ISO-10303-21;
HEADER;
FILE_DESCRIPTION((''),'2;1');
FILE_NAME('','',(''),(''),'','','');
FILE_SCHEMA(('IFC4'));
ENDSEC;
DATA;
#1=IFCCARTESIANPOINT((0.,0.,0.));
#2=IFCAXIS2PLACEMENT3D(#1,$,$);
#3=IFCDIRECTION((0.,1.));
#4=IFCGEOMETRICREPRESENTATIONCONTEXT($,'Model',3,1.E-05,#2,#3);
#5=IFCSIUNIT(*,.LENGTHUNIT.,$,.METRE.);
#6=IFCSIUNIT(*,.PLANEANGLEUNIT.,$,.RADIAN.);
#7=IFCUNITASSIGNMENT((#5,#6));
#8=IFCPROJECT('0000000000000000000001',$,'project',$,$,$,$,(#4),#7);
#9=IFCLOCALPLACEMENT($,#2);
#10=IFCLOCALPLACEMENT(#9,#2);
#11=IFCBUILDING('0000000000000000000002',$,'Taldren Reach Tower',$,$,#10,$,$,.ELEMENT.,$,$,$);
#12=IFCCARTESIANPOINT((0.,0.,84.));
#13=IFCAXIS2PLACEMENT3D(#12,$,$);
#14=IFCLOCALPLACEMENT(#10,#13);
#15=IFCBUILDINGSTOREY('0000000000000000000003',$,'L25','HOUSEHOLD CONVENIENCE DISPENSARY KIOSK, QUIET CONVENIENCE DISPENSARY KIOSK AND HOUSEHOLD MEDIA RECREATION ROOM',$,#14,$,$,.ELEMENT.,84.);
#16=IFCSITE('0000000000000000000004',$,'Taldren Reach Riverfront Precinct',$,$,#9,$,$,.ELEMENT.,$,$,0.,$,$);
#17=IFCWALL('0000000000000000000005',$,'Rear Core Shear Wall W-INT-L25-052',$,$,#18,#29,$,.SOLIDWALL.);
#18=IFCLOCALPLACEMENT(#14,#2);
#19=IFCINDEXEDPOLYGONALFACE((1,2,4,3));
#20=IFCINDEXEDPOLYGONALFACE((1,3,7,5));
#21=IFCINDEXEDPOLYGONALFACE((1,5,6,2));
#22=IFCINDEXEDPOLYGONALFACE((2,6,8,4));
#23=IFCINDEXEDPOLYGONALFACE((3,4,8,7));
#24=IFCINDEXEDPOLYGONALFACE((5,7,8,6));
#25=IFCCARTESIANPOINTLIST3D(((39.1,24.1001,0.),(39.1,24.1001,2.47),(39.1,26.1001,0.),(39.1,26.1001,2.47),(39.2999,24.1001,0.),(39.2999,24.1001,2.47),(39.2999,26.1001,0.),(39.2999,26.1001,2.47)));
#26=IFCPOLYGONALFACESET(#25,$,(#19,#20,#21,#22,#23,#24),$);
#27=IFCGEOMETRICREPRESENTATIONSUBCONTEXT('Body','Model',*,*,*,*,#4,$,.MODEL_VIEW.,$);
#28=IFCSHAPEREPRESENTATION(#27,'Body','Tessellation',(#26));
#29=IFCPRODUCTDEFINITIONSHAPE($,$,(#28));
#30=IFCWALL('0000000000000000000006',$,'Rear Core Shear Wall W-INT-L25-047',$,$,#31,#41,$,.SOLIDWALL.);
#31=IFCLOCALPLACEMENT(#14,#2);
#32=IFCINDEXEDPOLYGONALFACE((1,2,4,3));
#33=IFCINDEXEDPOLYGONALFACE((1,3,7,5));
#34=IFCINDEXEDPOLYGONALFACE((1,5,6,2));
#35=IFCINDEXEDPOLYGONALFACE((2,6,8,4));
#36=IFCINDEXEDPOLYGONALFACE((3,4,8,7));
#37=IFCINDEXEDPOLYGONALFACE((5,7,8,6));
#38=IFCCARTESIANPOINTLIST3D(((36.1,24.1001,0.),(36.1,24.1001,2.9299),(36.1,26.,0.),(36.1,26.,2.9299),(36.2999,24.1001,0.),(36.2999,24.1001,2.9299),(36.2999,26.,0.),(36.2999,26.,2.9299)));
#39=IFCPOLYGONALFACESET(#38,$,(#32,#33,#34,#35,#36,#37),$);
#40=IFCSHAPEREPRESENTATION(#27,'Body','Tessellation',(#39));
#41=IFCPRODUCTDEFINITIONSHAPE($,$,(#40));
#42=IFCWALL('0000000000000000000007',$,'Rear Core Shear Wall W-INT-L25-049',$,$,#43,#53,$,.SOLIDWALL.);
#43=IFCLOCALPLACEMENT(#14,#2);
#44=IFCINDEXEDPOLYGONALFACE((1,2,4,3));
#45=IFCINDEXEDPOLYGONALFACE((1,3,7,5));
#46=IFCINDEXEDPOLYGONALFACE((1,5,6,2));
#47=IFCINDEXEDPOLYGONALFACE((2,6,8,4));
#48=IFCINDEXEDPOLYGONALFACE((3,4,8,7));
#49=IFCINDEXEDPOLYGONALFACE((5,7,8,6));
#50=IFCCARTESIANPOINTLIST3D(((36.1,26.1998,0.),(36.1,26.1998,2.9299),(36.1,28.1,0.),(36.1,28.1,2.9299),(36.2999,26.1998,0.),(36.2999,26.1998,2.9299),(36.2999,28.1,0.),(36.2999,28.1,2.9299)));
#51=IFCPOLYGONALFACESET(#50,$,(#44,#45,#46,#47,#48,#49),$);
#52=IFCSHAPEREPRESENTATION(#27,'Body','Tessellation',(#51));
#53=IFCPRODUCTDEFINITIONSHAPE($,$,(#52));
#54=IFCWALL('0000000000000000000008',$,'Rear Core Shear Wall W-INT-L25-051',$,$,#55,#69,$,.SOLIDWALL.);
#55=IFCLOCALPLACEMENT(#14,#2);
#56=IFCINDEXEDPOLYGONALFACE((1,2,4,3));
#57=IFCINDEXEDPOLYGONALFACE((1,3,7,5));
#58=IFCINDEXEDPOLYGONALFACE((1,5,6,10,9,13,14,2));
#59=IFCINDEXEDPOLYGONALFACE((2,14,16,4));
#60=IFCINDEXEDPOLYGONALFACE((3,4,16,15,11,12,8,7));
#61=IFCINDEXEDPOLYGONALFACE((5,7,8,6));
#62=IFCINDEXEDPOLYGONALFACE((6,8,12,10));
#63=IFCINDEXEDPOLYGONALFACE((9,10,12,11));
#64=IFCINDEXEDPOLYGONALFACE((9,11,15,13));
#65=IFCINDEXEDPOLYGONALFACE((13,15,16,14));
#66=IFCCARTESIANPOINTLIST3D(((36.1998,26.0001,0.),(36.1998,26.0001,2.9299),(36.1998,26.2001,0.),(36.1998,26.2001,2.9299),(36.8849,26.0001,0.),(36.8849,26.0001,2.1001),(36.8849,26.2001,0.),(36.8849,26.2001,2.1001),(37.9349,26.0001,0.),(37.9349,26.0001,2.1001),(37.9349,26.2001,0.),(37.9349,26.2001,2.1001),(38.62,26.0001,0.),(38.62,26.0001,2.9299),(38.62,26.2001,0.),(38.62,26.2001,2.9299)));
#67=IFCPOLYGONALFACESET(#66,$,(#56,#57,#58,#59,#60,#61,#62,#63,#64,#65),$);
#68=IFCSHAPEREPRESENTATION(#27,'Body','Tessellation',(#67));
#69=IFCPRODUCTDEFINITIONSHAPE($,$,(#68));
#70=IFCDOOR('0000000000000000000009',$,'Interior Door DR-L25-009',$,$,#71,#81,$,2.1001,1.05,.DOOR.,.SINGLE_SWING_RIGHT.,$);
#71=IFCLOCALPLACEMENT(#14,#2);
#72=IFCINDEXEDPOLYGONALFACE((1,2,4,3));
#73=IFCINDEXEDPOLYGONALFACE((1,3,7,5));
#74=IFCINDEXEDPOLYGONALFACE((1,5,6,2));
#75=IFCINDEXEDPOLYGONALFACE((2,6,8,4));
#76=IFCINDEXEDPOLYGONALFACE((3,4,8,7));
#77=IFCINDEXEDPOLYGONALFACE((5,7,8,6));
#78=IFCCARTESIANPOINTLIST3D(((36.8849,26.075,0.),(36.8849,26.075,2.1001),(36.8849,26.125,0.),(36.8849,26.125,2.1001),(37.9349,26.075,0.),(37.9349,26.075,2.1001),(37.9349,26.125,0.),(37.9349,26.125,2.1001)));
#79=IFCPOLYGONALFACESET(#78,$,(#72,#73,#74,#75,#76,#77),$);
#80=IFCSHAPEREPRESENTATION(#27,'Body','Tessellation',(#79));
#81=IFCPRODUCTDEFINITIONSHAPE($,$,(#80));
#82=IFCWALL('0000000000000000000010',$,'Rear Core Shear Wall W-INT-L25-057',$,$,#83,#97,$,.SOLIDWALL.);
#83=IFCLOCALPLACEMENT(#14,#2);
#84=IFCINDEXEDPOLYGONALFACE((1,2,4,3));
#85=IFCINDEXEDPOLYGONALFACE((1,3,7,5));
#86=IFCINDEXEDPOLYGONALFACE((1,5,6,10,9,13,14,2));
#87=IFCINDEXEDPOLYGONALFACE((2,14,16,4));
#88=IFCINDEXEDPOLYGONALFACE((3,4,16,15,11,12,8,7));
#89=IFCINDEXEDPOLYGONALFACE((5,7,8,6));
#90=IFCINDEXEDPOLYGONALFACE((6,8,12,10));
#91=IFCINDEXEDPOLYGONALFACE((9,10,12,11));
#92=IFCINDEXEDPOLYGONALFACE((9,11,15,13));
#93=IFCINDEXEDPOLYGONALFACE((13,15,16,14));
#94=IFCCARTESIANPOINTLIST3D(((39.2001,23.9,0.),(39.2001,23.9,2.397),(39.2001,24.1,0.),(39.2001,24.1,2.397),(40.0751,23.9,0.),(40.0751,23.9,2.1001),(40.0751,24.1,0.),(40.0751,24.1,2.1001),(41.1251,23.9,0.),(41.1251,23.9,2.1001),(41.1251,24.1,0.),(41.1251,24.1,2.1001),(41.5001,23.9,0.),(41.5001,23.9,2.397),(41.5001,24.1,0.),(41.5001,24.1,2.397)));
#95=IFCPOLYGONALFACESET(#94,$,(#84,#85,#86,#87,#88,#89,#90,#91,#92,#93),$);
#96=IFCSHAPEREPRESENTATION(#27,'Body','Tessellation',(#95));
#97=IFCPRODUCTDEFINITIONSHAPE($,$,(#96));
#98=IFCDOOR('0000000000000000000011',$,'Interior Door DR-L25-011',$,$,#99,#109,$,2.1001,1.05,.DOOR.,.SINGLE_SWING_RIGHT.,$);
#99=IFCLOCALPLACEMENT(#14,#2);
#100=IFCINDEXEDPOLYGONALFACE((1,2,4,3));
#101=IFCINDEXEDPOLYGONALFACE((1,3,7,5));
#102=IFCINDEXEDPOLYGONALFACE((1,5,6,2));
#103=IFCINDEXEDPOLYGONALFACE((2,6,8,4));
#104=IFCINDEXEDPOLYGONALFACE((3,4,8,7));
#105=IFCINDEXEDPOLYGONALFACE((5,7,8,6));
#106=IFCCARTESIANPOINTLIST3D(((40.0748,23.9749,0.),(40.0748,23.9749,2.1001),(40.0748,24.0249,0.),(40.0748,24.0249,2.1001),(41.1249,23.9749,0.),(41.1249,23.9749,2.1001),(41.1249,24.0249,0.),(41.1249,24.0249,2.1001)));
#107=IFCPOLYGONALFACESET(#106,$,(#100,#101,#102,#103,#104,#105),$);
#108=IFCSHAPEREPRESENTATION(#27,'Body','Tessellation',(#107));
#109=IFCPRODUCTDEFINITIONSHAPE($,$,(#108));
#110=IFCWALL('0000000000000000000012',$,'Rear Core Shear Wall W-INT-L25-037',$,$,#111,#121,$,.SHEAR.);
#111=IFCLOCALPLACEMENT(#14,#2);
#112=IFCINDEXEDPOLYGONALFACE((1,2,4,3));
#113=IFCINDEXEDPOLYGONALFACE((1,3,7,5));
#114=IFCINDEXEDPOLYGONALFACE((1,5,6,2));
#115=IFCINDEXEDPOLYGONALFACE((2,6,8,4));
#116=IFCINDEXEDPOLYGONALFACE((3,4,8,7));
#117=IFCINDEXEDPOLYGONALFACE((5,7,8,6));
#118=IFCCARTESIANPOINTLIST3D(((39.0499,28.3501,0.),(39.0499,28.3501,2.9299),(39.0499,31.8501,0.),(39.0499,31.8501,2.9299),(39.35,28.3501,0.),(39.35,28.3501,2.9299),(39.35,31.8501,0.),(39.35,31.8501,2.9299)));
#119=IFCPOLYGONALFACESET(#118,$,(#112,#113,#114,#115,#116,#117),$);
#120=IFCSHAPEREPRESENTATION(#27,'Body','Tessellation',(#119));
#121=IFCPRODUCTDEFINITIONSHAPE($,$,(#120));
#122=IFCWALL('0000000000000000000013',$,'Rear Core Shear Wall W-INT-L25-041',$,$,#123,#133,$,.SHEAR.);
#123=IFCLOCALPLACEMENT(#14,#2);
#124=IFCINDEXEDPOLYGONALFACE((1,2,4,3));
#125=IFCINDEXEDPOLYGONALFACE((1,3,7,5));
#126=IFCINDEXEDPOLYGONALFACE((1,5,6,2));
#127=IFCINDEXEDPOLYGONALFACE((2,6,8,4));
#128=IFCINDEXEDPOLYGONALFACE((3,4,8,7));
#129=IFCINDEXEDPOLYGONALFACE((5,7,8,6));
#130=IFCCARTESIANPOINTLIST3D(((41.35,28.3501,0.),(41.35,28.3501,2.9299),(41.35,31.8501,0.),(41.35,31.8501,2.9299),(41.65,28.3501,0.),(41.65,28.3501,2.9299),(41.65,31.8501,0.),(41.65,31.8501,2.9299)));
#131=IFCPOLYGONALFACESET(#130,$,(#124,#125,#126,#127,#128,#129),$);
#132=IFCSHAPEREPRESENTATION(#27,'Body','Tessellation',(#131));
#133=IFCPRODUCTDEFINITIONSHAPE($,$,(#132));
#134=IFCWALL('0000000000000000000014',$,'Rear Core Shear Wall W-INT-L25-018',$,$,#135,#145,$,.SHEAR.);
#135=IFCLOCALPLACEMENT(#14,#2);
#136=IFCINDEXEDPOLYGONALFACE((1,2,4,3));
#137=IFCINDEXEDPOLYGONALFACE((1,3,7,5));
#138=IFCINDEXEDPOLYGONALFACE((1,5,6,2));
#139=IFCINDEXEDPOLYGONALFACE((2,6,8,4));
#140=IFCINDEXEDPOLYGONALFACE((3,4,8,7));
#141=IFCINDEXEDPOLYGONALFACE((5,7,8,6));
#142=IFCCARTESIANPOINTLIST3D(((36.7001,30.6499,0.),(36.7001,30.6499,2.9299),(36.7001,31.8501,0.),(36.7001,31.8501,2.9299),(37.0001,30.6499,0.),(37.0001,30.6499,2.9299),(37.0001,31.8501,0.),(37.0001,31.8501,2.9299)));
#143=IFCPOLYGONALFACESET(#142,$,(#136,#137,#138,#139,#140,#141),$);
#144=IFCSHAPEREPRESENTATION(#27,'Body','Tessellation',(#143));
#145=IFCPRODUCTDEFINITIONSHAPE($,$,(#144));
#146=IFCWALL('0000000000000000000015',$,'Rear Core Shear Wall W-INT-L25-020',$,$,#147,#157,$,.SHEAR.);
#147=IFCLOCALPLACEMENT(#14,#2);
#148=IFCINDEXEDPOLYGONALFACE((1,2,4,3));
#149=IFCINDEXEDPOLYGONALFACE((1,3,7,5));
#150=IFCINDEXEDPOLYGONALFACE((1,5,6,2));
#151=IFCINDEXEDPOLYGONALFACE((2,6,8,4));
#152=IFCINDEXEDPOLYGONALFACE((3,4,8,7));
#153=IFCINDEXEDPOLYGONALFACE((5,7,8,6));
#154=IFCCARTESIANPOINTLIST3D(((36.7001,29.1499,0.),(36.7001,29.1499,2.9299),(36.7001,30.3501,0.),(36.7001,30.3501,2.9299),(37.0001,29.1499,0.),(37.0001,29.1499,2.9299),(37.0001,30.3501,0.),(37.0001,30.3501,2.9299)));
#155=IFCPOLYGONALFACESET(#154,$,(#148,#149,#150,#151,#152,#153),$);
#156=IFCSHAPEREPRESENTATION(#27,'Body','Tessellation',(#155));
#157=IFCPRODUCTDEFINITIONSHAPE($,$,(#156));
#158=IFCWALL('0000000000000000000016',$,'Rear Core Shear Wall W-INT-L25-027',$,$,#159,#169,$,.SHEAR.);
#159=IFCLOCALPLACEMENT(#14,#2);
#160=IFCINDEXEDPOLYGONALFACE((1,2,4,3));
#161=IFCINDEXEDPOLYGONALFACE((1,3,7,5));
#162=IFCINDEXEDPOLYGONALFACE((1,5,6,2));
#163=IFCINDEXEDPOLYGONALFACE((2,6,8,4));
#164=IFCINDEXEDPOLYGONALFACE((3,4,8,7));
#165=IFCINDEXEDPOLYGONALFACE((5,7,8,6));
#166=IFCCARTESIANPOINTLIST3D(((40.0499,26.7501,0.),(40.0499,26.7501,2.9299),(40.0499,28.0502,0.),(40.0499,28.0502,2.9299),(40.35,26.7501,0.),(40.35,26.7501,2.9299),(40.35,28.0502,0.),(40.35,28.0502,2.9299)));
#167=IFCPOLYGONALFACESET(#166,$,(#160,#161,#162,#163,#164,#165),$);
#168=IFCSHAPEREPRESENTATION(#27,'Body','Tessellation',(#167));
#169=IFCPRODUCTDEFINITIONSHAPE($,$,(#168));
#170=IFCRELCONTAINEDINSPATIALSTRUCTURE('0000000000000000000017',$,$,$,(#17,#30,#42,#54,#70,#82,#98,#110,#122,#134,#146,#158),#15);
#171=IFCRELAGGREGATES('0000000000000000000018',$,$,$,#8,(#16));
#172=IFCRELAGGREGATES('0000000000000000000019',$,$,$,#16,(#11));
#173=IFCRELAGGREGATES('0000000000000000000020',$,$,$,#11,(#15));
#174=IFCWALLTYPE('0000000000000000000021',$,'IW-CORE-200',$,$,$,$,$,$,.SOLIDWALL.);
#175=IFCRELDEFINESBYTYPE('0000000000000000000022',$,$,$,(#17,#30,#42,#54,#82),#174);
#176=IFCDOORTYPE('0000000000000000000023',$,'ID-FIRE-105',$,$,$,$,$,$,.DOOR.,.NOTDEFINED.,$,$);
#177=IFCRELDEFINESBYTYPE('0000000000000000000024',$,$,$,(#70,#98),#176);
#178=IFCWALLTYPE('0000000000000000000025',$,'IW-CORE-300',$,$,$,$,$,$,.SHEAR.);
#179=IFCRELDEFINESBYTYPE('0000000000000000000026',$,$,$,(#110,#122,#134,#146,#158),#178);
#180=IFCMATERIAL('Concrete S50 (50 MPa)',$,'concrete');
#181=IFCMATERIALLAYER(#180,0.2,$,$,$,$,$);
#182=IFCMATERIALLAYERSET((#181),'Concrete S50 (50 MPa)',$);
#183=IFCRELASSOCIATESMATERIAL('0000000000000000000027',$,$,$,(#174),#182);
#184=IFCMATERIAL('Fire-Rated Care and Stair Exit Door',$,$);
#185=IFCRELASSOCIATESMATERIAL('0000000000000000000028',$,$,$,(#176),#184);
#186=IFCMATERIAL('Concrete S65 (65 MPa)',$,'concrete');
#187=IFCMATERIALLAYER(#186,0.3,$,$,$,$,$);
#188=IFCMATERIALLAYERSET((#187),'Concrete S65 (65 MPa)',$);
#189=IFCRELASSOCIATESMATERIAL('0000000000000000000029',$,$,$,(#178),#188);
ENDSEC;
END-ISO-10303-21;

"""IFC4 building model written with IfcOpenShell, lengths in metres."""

from ifc_helpers import new_model, si_unit, direction, frame, frame_2d, origin, place, context, subcontext, project, spatial, rectangle, extrude, source, transform, mapped, material, layer, layer_set, type_object, element, fill, save


model = new_model("IFC4")

# Units and contexts
model_context = context("Model", 3, precision=1e-05, world=origin(), true_north=direction((0.0, 1.0)))
body_context = subcontext(model_context, "Body", "Model", "MODEL_VIEW")
ifc_project = project(units=[si_unit("LENGTHUNIT", "METRE"), si_unit("PLANEANGLEUNIT", "RADIAN")], contexts=[model_context])

# Site, building, storey
site_placement = place(None, origin())
site = spatial("IfcSite", under=ifc_project, at=site_placement, Name="Taldren Reach Riverfront Precinct", CompositionType="ELEMENT", RefElevation=0.0)
building_placement = place(site_placement, origin())
building = spatial("IfcBuilding", under=site, at=building_placement, Name="Taldren Reach Tower", CompositionType="ELEMENT")
storey_placement = place(building_placement, frame((0.0, 0.0, 84.0)))
storey = spatial("IfcBuildingStorey", under=building, at=storey_placement, Name="L25", Description="HOUSEHOLD CONVENIENCE DISPENSARY KIOSK, QUIET CONVENIENCE DISPENSARY KIOSK AND HOUSEHOLD MEDIA RECREATION ROOM", CompositionType="ELEMENT", Elevation=84.0)

# Walls
ifc_material_1 = material(Name="Concrete S50 (50 MPa)", Category="concrete")
ifc_layer_1 = layer(ifc_material_1, 0.2)
ifc_layer_set_1 = layer_set([ifc_layer_1], Name="Concrete S50 (50 MPa)")
wall_type_1 = type_object("IfcWallType", Name="IW-CORE-200", PredefinedType="SOLIDWALL", material=ifc_layer_set_1)
shared_shape_1 = source(origin(), body_context, "Body", "SweptSolid", [
    extrude(rectangle(XDim=2.0, YDim=0.2, at=frame_2d((1.0, 0.0))), origin(), (0.0, 0.0, 1.0), 2.47),
])
wall_1_placement = place(storey_placement, frame((39.2, 26.1001, 0.0), z_axis=(0.0, 0.0, 1.0), x_axis=(0.0, -1.0, 0.0)))
element("IfcWall", 1, at=wall_1_placement, inside=storey, type_object=wall_type_1, Name="Rear Core Shear Wall W-INT-L25-052", PredefinedType="SOLIDWALL", context=body_context, shape_type="MappedRepresentation", body=[
    mapped(shared_shape_1, transform((0.0, 0.0, 0.0), scale=1.0)),
])
shared_shape_2 = source(origin(), body_context, "Body", "SweptSolid", [
    extrude(rectangle(XDim=1.8999, YDim=0.2, at=frame_2d((0.95, 0.0))), origin(), (0.0, 0.0, 1.0), 2.9299),
])
wall_2_placement = place(storey_placement, frame((36.2, 26.0, 0.0), z_axis=(0.0, 0.0, 1.0), x_axis=(0.0, -1.0, 0.0)))
element("IfcWall", 2, at=wall_2_placement, inside=storey, type_object=wall_type_1, Name="Rear Core Shear Wall W-INT-L25-047", PredefinedType="SOLIDWALL", context=body_context, shape_type="MappedRepresentation", body=[
    mapped(shared_shape_2, transform((0.0, 0.0, 0.0), scale=1.0)),
])
shared_shape_3 = source(origin(), body_context, "Body", "SweptSolid", [
    extrude(rectangle(XDim=1.9001, YDim=0.2, at=frame_2d((0.9502, 0.0))), origin(), (0.0, 0.0, 1.0), 2.9299),
])
wall_3_placement = place(storey_placement, frame((36.2, 28.1001, 0.0), z_axis=(0.0, 0.0, 1.0), x_axis=(0.0, -1.0, 0.0)))
element("IfcWall", 3, at=wall_3_placement, inside=storey, type_object=wall_type_1, Name="Rear Core Shear Wall W-INT-L25-049", PredefinedType="SOLIDWALL", context=body_context, shape_type="MappedRepresentation", body=[
    mapped(shared_shape_3, transform((0.0, 0.0, 0.0), scale=1.0)),
])

# Walls, openings, doors
shared_shape_4 = source(origin(), body_context, "Body", "SweptSolid", [
    extrude(rectangle(XDim=2.4202, YDim=0.2, at=frame_2d((1.21, 0.0))), origin(), (0.0, 0.0, 1.0), 2.9299),
])
wall_4_placement = place(storey_placement, frame((36.2, 26.1001, 0.0), z_axis=(0.0, 0.0, 1.0), x_axis=(1.0, 0.0, 0.0)))
wall_4 = element("IfcWall", 4, at=wall_4_placement, inside=storey, type_object=wall_type_1, Name="Rear Core Shear Wall W-INT-L25-051", PredefinedType="SOLIDWALL", context=body_context, shape_type="MappedRepresentation", body=[
    mapped(shared_shape_4, transform((0.0, 0.0, 0.0), scale=1.0)),
])
shared_shape_5 = source(origin(), body_context, "Body", "SweptSolid", [
    extrude(rectangle(XDim=1.05, YDim=2.1001, at=frame_2d((0.5249, 1.05))), frame((0.0, 0.1099, 0.0), z_axis=(0.0, -1.0, 0.0), x_axis=(1.0, 0.0, 0.0)), (0.0, 0.0, 1.0), 0.22),
])
opening_1_placement = place(wall_4_placement, frame((0.6851, 0.0, 0.0)))
opening_1 = element("IfcOpeningElement", 5, at=opening_1_placement, cuts=wall_4, PredefinedType="OPENING", context=body_context, shape_type="MappedRepresentation", body=[
    mapped(shared_shape_5, transform((0.0, 0.0, 0.0), scale=1.0)),
])
ifc_material_2 = material(Name="Fire-Rated Care and Stair Exit Door")
door_type_1 = type_object("IfcDoorType", Name="ID-FIRE-105", OperationType="NOTDEFINED", PredefinedType="DOOR", material=ifc_material_2)
shared_shape_6 = source(origin(), body_context, "Body", "SweptSolid", [
    extrude(rectangle(XDim=1.05, YDim=2.1001, at=frame_2d((0.5249, 1.05))), frame((0.0, 0.0249, 0.0), z_axis=(0.0, -1.0, 0.0), x_axis=(1.0, 0.0, 0.0)), (0.0, 0.0, 1.0), 0.05),
])
door_1_placement = place(opening_1_placement, origin())
door_1 = element("IfcDoor", 6, at=door_1_placement, inside=storey, type_object=door_type_1, Name="Interior Door DR-L25-009", OperationType="SINGLE_SWING_RIGHT", OverallHeight=2.1001, OverallWidth=1.05, PredefinedType="DOOR", context=body_context, shape_type="MappedRepresentation", body=[
    mapped(shared_shape_6, transform((0.0, 0.0, 0.0), scale=1.0)),
])
fill(opening_1, door_1)
shared_shape_7 = source(origin(), body_context, "Body", "SweptSolid", [
    extrude(rectangle(XDim=2.3, YDim=0.2, at=frame_2d((1.1499, 0.0))), origin(), (0.0, 0.0, 1.0), 2.397),
])
wall_5_placement = place(storey_placement, frame((41.5, 24.0, 0.0), z_axis=(0.0, 0.0, 1.0), x_axis=(-1.0, 0.0, 0.0)))
wall_5 = element("IfcWall", 7, at=wall_5_placement, inside=storey, type_object=wall_type_1, Name="Rear Core Shear Wall W-INT-L25-057", PredefinedType="SOLIDWALL", context=body_context, shape_type="MappedRepresentation", body=[
    mapped(shared_shape_7, transform((0.0, 0.0, 0.0), scale=1.0)),
])
opening_2_placement = place(wall_5_placement, frame((0.375, 0.0, 0.0)))
opening_2 = element("IfcOpeningElement", 8, at=opening_2_placement, cuts=wall_5, PredefinedType="OPENING", context=body_context, shape_type="MappedRepresentation", body=[
    mapped(shared_shape_5, transform((0.0, 0.0, 0.0), scale=1.0)),
])
door_2_placement = place(opening_2_placement, frame((1.05, 0.0, 0.0), z_axis=(0.0, 0.0, 1.0), x_axis=(-1.0, 0.0, 0.0)))
door_2 = element("IfcDoor", 9, at=door_2_placement, inside=storey, type_object=door_type_1, Name="Interior Door DR-L25-011", OperationType="SINGLE_SWING_RIGHT", OverallHeight=2.1001, OverallWidth=1.05, PredefinedType="DOOR", context=body_context, shape_type="MappedRepresentation", body=[
    mapped(shared_shape_6, transform((0.0, 0.0, 0.0), scale=1.0)),
])
fill(opening_2, door_2)

# Walls
ifc_material_3 = material(Name="Concrete S65 (65 MPa)", Category="concrete")
ifc_layer_2 = layer(ifc_material_3, 0.3)
ifc_layer_set_2 = layer_set([ifc_layer_2], Name="Concrete S65 (65 MPa)")
wall_type_2 = type_object("IfcWallType", Name="IW-CORE-300", PredefinedType="SHEAR", material=ifc_layer_set_2)
shared_shape_8 = source(origin(), body_context, "Body", "SweptSolid", [
    extrude(rectangle(XDim=3.5, YDim=0.3, at=frame_2d((1.75, 0.0))), origin(), (0.0, 0.0, 1.0), 2.9299),
])
for number, where, z_axis, x_axis, name in (
    (10, (39.2, 28.3501, 0.0), (0.0, 0.0, 1.0), (0.0, 1.0, 0.0), "Rear Core Shear Wall W-INT-L25-037"),
    (11, (41.5, 28.3501, 0.0), (0.0, 0.0, 1.0), (0.0, 1.0, 0.0), "Rear Core Shear Wall W-INT-L25-041"),
):
    element("IfcWall", number, at=place(storey_placement, frame(where, z_axis=z_axis, x_axis=x_axis)), inside=storey, type_object=wall_type_2, Name=name, PredefinedType="SHEAR", context=body_context, shape_type="MappedRepresentation", body=[
        mapped(shared_shape_8, transform((0.0, 0.0, 0.0), scale=1.0)),
    ])
shared_shape_9 = source(origin(), body_context, "Body", "SweptSolid", [
    extrude(rectangle(XDim=1.2002, YDim=0.3, at=frame_2d((0.6001, 0.0))), origin(), (0.0, 0.0, 1.0), 2.9299),
])
for number, where, z_axis, x_axis, name in (
    (12, (36.8501, 30.6499, 0.0), (0.0, 0.0, 1.0), (0.0, 1.0, 0.0), "Rear Core Shear Wall W-INT-L25-018"),
    (13, (36.8501, 29.1499, 0.0), (0.0, 0.0, 1.0), (0.0, 1.0, 0.0), "Rear Core Shear Wall W-INT-L25-020"),
):
    element("IfcWall", number, at=place(storey_placement, frame(where, z_axis=z_axis, x_axis=x_axis)), inside=storey, type_object=wall_type_2, Name=name, PredefinedType="SHEAR", context=body_context, shape_type="MappedRepresentation", body=[
        mapped(shared_shape_9, transform((0.0, 0.0, 0.0), scale=1.0)),
    ])
shared_shape_10 = source(origin(), body_context, "Body", "SweptSolid", [
    extrude(rectangle(XDim=1.3, YDim=0.3, at=frame_2d((0.6499, 0.0))), origin(), (0.0, 0.0, 1.0), 2.9299),
])
wall_6_placement = place(storey_placement, frame((40.2, 28.05, 0.0), z_axis=(0.0, 0.0, 1.0), x_axis=(0.0, -1.0, 0.0)))
element("IfcWall", 14, at=wall_6_placement, inside=storey, type_object=wall_type_2, Name="Rear Core Shear Wall W-INT-L25-027", PredefinedType="SHEAR", context=body_context, shape_type="MappedRepresentation", body=[
    mapped(shared_shape_10, transform((0.0, 0.0, 0.0), scale=1.0)),
])

save(model, "model.ifc")
